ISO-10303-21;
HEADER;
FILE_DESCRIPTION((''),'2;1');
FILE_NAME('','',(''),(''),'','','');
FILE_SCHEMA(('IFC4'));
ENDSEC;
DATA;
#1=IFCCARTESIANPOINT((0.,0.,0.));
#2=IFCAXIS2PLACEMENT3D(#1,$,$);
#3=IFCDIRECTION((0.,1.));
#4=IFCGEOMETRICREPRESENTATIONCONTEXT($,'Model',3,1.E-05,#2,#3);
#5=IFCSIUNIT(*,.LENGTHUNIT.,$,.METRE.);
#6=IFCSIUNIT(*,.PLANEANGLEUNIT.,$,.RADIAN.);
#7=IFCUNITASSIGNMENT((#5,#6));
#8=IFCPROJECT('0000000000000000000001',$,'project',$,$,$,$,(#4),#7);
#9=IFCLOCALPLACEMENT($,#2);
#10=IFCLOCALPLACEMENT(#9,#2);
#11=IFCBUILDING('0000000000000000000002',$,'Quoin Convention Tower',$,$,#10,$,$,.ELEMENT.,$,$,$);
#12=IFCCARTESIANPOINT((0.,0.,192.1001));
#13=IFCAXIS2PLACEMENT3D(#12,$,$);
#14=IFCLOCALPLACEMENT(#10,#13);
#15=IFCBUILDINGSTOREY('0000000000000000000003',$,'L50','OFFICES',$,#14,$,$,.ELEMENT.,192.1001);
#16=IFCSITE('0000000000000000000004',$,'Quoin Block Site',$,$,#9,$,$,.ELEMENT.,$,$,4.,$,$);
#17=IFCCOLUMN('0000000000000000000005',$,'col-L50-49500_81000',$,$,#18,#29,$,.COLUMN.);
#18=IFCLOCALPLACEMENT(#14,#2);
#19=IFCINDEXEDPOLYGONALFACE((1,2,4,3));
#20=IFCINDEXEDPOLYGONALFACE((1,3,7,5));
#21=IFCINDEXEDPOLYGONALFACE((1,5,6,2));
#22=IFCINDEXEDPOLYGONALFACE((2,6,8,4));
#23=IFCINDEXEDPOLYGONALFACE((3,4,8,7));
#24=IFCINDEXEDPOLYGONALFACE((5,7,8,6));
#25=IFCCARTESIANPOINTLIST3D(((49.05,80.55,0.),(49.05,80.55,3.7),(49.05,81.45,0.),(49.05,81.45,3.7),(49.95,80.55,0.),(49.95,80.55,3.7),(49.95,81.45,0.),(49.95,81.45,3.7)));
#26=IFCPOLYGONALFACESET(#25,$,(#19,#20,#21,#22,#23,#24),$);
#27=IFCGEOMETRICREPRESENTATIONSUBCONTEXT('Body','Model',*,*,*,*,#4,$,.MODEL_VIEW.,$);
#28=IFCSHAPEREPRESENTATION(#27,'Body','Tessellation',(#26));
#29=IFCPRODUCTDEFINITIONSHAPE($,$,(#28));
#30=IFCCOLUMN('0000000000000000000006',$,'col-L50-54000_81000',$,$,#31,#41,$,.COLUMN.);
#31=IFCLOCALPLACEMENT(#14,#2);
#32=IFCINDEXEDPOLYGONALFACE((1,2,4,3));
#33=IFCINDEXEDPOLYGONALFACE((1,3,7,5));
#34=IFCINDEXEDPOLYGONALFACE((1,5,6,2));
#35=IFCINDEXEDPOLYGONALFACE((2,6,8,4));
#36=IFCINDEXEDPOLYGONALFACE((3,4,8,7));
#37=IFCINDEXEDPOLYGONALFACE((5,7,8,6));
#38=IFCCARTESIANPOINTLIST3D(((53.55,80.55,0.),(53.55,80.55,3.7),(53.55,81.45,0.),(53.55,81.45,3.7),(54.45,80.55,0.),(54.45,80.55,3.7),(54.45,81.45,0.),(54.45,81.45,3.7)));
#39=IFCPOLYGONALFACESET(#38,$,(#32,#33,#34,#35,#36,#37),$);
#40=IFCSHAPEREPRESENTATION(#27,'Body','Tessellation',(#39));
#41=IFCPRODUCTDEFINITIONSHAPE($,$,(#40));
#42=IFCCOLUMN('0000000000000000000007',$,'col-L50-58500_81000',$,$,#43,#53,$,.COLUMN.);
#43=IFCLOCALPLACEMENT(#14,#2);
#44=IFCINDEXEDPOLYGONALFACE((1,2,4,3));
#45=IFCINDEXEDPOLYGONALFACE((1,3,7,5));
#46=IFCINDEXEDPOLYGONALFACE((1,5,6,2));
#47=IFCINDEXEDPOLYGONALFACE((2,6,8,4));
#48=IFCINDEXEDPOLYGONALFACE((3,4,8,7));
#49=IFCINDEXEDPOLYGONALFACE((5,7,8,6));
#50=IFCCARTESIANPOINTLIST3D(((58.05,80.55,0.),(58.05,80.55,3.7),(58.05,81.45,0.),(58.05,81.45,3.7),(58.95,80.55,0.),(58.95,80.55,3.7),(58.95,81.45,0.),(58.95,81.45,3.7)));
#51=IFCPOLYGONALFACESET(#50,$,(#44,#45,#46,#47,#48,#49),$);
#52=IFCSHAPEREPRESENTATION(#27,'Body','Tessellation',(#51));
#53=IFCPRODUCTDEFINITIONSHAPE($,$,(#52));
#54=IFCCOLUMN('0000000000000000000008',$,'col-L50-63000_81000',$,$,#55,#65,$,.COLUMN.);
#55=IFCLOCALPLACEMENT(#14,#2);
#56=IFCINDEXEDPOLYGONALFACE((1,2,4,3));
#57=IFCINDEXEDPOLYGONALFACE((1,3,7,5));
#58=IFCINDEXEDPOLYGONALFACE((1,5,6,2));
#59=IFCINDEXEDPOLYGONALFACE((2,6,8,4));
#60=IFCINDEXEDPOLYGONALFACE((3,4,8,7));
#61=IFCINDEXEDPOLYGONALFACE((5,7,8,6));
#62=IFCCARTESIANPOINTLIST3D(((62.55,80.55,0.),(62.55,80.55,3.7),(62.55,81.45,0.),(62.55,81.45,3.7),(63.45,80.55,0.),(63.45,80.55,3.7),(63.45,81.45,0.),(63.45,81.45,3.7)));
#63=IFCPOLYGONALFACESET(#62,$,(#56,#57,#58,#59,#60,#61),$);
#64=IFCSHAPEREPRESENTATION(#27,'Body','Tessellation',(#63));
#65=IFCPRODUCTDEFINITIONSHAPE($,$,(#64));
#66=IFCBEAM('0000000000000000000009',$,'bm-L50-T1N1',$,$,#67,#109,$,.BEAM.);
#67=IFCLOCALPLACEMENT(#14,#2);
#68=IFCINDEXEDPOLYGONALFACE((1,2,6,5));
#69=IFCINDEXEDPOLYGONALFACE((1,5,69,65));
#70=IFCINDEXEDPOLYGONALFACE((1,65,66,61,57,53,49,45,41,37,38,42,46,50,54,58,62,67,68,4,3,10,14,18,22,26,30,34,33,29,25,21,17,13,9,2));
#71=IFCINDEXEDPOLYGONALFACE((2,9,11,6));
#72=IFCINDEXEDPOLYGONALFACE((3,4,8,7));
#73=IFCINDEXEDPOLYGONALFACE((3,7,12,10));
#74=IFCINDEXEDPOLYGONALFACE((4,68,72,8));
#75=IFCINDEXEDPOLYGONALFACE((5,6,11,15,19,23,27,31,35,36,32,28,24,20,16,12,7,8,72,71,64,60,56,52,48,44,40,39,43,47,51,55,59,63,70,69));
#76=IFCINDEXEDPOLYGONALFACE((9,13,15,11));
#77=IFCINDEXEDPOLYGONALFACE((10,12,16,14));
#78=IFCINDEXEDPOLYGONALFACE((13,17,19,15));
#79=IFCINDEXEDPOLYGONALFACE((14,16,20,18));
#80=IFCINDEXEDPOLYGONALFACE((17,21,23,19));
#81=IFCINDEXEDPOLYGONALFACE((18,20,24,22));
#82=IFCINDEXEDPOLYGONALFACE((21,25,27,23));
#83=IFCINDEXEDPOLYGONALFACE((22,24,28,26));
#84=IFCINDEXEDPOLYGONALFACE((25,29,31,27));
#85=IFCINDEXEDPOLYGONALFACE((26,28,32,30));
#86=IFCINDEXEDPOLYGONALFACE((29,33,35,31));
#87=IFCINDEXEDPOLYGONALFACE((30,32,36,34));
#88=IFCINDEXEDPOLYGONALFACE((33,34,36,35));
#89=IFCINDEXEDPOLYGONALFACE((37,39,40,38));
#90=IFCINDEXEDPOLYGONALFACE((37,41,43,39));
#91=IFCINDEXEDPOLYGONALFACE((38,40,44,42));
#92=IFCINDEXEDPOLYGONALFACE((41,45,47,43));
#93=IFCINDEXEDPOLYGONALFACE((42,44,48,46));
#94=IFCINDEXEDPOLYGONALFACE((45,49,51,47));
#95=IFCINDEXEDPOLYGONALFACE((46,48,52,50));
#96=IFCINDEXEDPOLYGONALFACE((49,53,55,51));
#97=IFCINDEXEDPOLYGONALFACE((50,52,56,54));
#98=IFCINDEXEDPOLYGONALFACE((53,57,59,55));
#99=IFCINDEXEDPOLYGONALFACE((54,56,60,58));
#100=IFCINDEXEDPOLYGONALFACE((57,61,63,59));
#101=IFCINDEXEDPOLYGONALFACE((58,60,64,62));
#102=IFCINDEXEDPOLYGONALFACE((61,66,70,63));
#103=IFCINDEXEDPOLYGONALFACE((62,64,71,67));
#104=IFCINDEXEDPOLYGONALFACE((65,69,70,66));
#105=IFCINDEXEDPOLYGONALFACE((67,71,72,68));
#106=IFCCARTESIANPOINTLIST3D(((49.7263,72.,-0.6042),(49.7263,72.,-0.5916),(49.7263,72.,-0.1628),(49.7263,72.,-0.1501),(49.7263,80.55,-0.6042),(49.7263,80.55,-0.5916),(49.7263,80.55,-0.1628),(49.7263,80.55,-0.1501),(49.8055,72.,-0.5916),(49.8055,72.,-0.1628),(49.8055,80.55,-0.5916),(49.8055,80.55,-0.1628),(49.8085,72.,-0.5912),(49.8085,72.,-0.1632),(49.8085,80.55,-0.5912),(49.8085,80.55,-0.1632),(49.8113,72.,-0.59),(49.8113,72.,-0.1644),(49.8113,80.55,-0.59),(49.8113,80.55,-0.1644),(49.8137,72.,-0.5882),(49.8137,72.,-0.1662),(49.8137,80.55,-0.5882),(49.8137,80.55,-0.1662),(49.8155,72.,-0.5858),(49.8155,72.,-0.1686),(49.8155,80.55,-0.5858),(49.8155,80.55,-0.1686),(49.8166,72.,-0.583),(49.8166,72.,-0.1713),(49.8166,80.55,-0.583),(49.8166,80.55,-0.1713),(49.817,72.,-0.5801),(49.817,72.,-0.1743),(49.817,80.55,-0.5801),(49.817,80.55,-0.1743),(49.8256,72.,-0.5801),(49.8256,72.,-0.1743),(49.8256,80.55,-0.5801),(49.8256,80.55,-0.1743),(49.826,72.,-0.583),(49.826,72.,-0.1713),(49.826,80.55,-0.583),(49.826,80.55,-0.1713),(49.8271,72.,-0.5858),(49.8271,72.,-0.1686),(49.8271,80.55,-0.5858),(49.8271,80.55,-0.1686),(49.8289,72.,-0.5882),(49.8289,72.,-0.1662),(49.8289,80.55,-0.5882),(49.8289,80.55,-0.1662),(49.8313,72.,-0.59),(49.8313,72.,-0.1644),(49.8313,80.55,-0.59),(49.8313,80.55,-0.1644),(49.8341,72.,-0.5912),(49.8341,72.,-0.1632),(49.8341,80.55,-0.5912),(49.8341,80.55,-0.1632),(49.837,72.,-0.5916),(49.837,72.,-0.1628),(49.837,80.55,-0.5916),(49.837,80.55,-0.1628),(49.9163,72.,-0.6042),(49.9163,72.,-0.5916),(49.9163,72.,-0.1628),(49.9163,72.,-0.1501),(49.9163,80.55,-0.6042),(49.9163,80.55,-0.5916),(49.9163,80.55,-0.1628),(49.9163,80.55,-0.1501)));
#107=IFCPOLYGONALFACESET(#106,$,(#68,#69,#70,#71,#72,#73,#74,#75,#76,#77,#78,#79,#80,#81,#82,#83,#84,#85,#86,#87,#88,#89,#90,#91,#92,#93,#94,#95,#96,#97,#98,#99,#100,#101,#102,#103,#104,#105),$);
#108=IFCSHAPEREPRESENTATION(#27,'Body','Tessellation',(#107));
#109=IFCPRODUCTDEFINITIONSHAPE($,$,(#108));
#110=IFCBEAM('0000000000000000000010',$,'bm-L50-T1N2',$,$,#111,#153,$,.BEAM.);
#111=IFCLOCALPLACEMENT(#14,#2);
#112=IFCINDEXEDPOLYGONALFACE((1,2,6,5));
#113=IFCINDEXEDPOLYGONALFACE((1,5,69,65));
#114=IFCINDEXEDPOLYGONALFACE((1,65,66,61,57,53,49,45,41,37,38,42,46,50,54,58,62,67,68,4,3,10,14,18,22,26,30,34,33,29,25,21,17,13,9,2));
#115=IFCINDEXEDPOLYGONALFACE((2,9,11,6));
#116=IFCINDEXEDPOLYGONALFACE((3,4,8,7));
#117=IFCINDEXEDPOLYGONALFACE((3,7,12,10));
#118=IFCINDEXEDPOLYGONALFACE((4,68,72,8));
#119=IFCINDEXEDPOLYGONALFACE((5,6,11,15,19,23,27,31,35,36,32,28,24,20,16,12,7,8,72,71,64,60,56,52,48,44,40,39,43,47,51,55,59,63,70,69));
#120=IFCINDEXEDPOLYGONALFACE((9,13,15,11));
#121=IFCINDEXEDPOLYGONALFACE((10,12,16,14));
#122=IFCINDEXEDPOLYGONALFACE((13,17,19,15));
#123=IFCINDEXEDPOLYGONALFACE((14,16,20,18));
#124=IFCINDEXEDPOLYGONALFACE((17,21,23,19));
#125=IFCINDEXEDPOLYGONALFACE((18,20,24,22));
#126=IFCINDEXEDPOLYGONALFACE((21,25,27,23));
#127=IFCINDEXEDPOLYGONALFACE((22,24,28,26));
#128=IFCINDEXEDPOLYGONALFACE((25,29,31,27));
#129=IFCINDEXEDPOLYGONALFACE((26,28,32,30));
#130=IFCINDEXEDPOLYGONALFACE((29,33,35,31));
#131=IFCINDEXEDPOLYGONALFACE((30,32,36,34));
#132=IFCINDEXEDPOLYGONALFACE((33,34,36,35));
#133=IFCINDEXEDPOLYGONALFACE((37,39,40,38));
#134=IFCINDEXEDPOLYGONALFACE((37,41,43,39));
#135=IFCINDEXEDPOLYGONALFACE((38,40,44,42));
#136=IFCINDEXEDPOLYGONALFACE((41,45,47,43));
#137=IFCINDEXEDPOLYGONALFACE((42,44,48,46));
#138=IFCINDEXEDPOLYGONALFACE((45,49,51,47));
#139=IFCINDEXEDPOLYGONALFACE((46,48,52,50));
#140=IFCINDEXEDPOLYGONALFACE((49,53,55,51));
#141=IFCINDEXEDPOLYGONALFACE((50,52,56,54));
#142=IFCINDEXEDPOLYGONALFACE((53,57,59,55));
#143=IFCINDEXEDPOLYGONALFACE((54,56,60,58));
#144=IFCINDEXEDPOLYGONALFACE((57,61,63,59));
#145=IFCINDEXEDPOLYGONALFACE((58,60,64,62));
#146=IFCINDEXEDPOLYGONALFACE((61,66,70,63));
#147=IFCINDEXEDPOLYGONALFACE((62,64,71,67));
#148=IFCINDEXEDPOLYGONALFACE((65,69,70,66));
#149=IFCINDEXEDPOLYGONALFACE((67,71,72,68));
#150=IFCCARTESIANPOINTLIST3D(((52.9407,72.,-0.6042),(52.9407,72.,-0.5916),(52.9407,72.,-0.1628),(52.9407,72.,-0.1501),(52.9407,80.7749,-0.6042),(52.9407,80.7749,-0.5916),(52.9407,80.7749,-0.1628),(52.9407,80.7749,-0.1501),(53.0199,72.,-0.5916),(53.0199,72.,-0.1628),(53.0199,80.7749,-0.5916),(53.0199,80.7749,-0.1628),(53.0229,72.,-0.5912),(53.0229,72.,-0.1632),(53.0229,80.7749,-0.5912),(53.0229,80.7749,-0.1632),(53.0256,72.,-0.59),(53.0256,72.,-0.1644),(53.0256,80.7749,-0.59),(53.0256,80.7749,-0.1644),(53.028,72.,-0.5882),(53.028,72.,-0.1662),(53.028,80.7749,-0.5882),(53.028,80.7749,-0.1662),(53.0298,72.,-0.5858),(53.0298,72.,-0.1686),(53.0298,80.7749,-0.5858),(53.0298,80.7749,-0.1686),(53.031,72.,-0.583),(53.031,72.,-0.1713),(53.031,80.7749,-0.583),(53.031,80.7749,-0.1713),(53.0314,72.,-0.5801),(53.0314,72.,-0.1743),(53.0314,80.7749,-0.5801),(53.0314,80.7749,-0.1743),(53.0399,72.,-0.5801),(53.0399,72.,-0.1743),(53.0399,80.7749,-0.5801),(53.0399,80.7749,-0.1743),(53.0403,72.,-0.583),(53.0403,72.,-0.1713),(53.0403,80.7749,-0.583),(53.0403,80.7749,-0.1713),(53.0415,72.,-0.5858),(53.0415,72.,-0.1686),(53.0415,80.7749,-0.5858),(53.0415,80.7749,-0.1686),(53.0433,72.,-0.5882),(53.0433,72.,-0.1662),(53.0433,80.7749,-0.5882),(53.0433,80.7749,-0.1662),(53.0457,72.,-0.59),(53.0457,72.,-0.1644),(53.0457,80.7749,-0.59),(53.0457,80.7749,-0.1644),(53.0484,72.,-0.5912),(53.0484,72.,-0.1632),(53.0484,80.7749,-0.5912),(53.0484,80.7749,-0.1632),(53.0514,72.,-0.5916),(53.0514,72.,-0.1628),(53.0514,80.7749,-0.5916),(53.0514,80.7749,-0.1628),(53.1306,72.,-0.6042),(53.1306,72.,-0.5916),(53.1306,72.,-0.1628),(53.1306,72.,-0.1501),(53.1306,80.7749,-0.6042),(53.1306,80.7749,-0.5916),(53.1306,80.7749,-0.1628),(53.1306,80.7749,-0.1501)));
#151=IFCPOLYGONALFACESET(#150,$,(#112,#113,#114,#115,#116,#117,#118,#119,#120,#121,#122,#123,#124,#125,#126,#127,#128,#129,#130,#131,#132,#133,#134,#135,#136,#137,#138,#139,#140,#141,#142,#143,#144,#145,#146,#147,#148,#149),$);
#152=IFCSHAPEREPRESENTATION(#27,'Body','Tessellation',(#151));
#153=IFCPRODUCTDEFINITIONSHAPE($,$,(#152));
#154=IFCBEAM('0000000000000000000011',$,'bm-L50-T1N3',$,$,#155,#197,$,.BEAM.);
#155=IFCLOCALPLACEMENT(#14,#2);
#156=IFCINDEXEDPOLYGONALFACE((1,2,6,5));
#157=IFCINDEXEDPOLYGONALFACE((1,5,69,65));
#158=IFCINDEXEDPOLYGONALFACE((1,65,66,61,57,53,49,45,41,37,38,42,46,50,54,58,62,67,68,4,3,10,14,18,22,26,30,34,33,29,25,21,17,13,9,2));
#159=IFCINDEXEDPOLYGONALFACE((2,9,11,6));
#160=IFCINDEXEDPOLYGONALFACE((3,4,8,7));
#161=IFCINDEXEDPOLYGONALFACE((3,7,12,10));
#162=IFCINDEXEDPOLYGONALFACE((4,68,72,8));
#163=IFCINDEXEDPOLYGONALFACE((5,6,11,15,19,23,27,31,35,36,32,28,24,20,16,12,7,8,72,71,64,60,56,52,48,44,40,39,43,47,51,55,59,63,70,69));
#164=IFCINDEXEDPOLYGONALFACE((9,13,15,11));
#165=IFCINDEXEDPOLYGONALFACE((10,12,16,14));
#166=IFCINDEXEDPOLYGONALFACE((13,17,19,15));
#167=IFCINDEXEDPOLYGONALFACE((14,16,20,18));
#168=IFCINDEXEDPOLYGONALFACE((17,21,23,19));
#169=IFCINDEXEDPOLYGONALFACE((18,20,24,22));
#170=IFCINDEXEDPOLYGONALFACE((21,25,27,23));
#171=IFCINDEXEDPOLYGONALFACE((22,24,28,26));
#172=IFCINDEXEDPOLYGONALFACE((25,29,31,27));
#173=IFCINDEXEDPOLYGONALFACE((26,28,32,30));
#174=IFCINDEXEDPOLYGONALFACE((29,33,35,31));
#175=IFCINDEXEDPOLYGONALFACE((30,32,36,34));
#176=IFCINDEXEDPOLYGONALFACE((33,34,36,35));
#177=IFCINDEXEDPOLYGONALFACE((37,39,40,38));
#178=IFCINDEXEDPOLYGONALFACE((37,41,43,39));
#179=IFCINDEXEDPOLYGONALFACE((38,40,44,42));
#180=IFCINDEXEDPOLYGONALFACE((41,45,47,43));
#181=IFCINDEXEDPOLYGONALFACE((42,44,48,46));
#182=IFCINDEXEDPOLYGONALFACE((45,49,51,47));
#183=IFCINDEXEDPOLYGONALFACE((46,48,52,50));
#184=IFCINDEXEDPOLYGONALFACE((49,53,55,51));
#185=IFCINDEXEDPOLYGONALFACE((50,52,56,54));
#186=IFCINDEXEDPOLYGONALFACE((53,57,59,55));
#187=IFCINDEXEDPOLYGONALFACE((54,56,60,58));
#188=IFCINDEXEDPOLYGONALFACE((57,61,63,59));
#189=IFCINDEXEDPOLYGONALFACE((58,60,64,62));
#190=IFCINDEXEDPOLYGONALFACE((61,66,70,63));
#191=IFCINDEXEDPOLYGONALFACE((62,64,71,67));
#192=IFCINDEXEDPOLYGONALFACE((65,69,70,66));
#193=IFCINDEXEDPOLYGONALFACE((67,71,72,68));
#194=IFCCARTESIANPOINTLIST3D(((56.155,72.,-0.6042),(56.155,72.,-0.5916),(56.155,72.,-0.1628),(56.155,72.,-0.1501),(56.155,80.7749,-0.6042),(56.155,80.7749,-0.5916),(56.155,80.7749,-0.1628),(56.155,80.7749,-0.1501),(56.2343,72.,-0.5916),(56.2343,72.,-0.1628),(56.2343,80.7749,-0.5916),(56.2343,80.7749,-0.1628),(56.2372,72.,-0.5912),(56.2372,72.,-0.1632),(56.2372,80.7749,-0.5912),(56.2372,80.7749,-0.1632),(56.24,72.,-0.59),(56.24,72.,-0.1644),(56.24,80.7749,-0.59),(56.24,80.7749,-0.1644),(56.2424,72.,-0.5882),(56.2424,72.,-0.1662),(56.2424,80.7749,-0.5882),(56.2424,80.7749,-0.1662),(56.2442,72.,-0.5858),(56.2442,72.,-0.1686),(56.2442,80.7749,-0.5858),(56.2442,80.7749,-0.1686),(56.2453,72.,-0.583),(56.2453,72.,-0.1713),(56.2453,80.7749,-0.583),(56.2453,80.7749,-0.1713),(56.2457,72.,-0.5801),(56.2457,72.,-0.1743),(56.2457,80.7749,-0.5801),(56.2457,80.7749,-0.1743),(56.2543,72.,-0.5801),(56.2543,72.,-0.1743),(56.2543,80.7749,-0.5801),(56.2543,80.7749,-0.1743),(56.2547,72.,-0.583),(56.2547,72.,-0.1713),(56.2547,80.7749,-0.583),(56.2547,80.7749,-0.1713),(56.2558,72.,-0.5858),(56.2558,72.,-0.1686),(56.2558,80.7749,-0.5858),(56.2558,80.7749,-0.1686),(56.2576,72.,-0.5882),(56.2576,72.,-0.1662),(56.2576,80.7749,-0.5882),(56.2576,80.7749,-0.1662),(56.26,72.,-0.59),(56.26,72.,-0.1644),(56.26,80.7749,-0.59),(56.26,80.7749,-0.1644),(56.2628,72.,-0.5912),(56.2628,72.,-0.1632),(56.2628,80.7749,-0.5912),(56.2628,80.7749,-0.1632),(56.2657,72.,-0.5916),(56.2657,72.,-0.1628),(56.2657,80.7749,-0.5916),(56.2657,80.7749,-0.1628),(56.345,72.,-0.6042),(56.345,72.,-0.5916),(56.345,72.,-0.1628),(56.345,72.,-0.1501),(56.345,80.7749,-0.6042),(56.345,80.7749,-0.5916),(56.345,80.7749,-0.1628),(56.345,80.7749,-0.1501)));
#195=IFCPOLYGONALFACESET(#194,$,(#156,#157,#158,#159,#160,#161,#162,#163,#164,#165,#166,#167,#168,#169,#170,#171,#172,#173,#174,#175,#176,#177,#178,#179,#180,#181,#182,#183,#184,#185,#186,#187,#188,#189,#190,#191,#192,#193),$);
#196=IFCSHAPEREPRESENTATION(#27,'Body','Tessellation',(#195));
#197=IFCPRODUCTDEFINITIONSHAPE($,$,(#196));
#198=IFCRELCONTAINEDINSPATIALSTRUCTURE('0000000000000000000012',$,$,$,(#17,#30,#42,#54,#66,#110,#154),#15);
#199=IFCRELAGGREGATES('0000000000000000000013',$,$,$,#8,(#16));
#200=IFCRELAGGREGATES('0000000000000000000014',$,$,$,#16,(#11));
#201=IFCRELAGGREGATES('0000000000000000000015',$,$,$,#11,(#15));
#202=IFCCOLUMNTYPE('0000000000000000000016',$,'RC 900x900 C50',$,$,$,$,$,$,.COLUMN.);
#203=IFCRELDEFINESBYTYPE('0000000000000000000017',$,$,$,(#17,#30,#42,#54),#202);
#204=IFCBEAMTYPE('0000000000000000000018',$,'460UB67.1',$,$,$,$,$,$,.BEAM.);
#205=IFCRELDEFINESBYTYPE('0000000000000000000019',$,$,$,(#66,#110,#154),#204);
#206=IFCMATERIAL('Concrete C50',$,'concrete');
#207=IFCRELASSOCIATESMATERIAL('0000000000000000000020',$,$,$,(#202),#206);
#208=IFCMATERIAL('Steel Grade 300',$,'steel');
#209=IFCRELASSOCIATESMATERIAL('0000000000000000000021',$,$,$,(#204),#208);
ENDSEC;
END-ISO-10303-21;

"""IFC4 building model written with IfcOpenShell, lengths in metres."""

from ifc_helpers import new_model, si_unit, direction, frame, origin, origin_2d, place, context, subcontext, project, spatial, rectangle, i_section, extrude, material, material_profile, profile_set, type_object, element, save


model = new_model("IFC4")

# Units and contexts
model_context = context("Model", 3, precision=1e-05, world=origin(), true_north=direction((0.0, 1.0)))
body_context = subcontext(model_context, "Body", "Model", "MODEL_VIEW")
ifc_project = project(units=[si_unit("LENGTHUNIT", "METRE"), si_unit("PLANEANGLEUNIT", "RADIAN")], contexts=[model_context])

# Site, building, storey
site_placement = place(None, origin())
site = spatial("IfcSite", under=ifc_project, at=site_placement, Name="Quoin Block Site", CompositionType="ELEMENT", RefElevation=4.0)
building_placement = place(site_placement, origin())
building = spatial("IfcBuilding", under=site, at=building_placement, Name="Quoin Convention Tower", CompositionType="ELEMENT")
storey_placement = place(building_placement, frame((0.0, 0.0, 192.1001)))
storey = spatial("IfcBuildingStorey", under=building, at=storey_placement, Name="L50", Description="OFFICES", CompositionType="ELEMENT", Elevation=192.1001)

# Columns
ifc_material_1 = material(Name="Concrete C50", Category="concrete")
ifc_material_profile_1 = material_profile(ifc_material_1, rectangle(XDim=0.8999, YDim=0.8999, at=origin_2d()), Name="RC 900x900")
ifc_profile_set_1 = profile_set([ifc_material_profile_1], Name="Concrete C50")
column_type = type_object("IfcColumnType", Name="RC 900x900 C50", PredefinedType="COLUMN", material=ifc_profile_set_1)
for number, where, z_axis, x_axis, name in (
    (1, (49.5, 81.0, 0.0), (0.0, 0.0, 1.0), (1.0, 0.0, 0.0), "col-L50-49500_81000"),
    (2, (54.0, 81.0, 0.0), (0.0, 0.0, 1.0), (1.0, 0.0, 0.0), "col-L50-54000_81000"),
    (3, (58.5, 81.0, 0.0), (0.0, 0.0, 1.0), (1.0, 0.0, 0.0), "col-L50-58500_81000"),
    (4, (63.0, 81.0, 0.0), (0.0, 0.0, 1.0), (1.0, 0.0, 0.0), "col-L50-63000_81000"),
):
    element("IfcColumn", number, at=place(storey_placement, frame(where, z_axis=z_axis, x_axis=x_axis)), inside=storey, type_object=column_type, Name=name, PredefinedType="COLUMN", context=body_context, shape_type="SweptSolid", body=[
        extrude(rectangle(XDim=0.8999, YDim=0.8999, at=origin_2d()), origin(), (0.0, 0.0, 1.0), 3.7),
    ])

# Beams
ifc_material_2 = material(Name="Steel Grade 300", Category="steel")
ifc_material_profile_2 = material_profile(ifc_material_2, i_section(OverallWidth=0.1899, OverallDepth=0.4541, WebThickness=0.0085, FlangeThickness=0.0127, FilletRadius=0.0115, at=origin_2d()), Name="460UB67.1")
ifc_profile_set_2 = profile_set([ifc_material_profile_2], Name="Steel Grade 300")
beam_type_1 = type_object("IfcBeamType", Name="460UB67.1", PredefinedType="BEAM", material=ifc_profile_set_2)
beam_1_placement = place(storey_placement, frame((49.8213, 72.0, -0.3772), z_axis=(0.0, 1.0, 0.0), x_axis=(-1.0, 0.0, 0.0)))
element("IfcBeam", 5, at=beam_1_placement, inside=storey, type_object=beam_type_1, Name="bm-L50-T1N1", PredefinedType="BEAM", context=body_context, shape_type="SweptSolid", body=[
    extrude(i_section(OverallWidth=0.1899, OverallDepth=0.4541, WebThickness=0.0085, FlangeThickness=0.0127, FilletRadius=0.0115, at=origin_2d()), origin(), (0.0, 0.0, 1.0), 8.55),
])
for number, where, z_axis, x_axis, name in (
    (6, (53.0356, 72.0, -0.3772), (0.0, 1.0, 0.0), (-1.0, 0.0, 0.0), "bm-L50-T1N2"),
    (7, (56.25, 72.0, -0.3772), (0.0, 1.0, 0.0), (-1.0, 0.0, 0.0), "bm-L50-T1N3"),
):
    element("IfcBeam", number, at=place(storey_placement, frame(where, z_axis=z_axis, x_axis=x_axis)), inside=storey, type_object=beam_type_1, Name=name, PredefinedType="BEAM", context=body_context, shape_type="SweptSolid", body=[
        extrude(i_section(OverallWidth=0.1899, OverallDepth=0.4541, WebThickness=0.0085, FlangeThickness=0.0127, FilletRadius=0.0115, at=origin_2d()), origin(), (0.0, 0.0, 1.0), 8.7749),
    ])

save(model, "model.ifc")
